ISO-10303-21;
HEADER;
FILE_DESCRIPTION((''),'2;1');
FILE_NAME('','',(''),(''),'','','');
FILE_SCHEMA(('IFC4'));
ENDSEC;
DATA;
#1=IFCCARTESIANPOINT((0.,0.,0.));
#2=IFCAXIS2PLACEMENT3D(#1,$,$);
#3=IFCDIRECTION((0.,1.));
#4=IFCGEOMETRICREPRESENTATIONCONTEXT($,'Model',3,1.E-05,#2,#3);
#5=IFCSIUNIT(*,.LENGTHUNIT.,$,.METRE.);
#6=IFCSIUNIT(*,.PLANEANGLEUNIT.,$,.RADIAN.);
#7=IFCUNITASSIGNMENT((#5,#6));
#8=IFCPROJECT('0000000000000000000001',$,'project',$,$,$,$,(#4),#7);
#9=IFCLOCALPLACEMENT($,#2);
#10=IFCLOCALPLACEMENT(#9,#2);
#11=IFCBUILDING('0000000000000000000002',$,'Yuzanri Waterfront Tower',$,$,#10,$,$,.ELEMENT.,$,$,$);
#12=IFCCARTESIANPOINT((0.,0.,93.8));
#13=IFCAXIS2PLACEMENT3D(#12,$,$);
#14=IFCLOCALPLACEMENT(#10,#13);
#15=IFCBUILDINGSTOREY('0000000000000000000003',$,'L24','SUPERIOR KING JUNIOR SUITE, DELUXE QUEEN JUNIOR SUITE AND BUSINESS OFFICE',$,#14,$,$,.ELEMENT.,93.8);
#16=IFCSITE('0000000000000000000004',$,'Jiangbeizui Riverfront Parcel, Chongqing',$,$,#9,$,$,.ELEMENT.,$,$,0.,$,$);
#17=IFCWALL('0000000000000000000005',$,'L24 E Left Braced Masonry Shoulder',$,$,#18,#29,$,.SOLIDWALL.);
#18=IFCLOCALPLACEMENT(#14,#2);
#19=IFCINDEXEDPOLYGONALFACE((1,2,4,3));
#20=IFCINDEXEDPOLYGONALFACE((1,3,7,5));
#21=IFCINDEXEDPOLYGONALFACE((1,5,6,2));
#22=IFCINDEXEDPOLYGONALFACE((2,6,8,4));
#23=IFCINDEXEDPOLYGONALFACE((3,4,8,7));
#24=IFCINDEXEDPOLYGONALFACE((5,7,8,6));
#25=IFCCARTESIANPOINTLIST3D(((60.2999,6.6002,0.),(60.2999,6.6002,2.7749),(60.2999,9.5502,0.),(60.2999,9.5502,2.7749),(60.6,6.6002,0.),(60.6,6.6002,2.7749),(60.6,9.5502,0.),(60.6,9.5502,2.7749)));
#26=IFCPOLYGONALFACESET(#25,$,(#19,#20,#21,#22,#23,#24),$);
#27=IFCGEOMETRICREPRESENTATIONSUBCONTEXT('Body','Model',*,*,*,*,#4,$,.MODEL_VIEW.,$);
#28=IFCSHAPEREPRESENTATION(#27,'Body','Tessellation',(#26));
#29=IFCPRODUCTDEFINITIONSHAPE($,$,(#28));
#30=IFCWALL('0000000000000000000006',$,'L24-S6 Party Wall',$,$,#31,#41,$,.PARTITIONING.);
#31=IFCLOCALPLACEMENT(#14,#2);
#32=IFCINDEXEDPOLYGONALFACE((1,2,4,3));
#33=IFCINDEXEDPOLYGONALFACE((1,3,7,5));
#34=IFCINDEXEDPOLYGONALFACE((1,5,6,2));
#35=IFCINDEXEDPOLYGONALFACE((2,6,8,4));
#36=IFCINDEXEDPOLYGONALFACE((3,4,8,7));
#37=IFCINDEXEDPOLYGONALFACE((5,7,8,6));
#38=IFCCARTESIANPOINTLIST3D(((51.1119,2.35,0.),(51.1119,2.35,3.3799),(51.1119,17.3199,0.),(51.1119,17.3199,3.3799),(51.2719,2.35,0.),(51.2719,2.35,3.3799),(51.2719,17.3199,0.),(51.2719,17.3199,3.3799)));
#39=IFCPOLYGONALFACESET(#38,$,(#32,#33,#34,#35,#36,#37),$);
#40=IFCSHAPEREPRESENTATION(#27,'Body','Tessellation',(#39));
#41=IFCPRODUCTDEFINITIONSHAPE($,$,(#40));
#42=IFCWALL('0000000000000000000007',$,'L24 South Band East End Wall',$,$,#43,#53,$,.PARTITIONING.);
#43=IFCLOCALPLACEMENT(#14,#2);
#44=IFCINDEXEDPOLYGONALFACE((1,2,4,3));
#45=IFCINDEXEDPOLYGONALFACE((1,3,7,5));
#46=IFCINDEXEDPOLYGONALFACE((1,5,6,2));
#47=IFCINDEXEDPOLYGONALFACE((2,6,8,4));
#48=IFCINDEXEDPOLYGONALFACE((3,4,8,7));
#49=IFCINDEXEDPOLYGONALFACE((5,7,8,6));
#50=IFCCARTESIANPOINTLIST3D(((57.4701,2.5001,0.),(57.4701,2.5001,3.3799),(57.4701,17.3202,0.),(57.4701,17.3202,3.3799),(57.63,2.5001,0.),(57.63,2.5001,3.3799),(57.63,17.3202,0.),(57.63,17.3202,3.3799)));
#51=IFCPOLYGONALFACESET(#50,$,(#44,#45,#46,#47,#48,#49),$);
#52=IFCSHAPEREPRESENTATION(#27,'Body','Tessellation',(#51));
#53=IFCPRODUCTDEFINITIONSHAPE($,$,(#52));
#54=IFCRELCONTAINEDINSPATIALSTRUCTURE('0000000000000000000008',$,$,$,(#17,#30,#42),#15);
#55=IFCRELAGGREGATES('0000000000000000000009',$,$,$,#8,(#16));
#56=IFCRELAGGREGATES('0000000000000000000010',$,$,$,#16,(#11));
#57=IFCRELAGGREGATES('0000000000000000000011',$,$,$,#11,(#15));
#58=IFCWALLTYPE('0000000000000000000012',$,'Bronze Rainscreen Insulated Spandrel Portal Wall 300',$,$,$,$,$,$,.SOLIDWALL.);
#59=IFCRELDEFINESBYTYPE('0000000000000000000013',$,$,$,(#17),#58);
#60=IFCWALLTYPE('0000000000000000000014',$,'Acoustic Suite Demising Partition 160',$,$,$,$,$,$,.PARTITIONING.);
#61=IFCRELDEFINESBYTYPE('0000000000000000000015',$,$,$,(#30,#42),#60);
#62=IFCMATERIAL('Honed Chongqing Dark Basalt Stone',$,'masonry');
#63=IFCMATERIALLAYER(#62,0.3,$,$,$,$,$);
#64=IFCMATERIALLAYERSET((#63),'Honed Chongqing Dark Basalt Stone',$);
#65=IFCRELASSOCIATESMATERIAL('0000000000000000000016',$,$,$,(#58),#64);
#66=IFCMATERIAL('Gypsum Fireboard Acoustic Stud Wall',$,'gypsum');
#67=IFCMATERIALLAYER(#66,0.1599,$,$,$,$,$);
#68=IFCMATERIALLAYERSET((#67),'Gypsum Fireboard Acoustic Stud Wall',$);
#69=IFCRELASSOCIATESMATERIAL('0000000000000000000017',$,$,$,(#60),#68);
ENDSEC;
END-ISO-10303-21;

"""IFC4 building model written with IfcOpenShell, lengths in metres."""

from ifc_helpers import new_model, si_unit, direction, frame, frame_2d, origin, place, context, subcontext, project, spatial, rectangle, extrude, source, transform, mapped, material, layer, layer_set, type_object, element, save


model = new_model("IFC4")

# Units and contexts
model_context = context("Model", 3, precision=1e-05, world=origin(), true_north=direction((0.0, 1.0)))
body_context = subcontext(model_context, "Body", "Model", "MODEL_VIEW")
ifc_project = project(units=[si_unit("LENGTHUNIT", "METRE"), si_unit("PLANEANGLEUNIT", "RADIAN")], contexts=[model_context])

# Site, building, storey
site_placement = place(None, origin())
site = spatial("IfcSite", under=ifc_project, at=site_placement, Name="Jiangbeizui Riverfront Parcel, Chongqing", CompositionType="ELEMENT", RefElevation=0.0)
building_placement = place(site_placement, origin())
building = spatial("IfcBuilding", under=site, at=building_placement, Name="Yuzanri Waterfront Tower", CompositionType="ELEMENT")
storey_placement = place(building_placement, frame((0.0, 0.0, 93.8)))
storey = spatial("IfcBuildingStorey", under=building, at=storey_placement, Name="L24", Description="SUPERIOR KING JUNIOR SUITE, DELUXE QUEEN JUNIOR SUITE AND BUSINESS OFFICE", CompositionType="ELEMENT", Elevation=93.8)

# Shared definitions
ifc_material_1 = material(Name="Honed Chongqing Dark Basalt Stone", Category="masonry")
ifc_layer_1 = layer(ifc_material_1, 0.3)
ifc_layer_set_1 = layer_set([ifc_layer_1], Name="Honed Chongqing Dark Basalt Stone")
wall_type_1 = type_object("IfcWallType", Name="Bronze Rainscreen Insulated Spandrel Portal Wall 300", PredefinedType="SOLIDWALL", material=ifc_layer_set_1)

# Walls
shared_shape_1 = source(origin(), body_context, "Body", "SweptSolid", [
    extrude(rectangle(XDim=2.95, YDim=0.3, at=frame_2d((1.4751, 0.0))), origin(), (0.0, 0.0, 1.0), 2.7749),
])
for number, where, z_axis, x_axis, name in (
    (1, (60.45, 6.6001, 0.0), (0.0, 0.0, 1.0), (0.0, 1.0, 0.0), "L24 E Left Braced Masonry Shoulder"),
):
    element("IfcWall", number, at=place(storey_placement, frame(where, z_axis=z_axis, x_axis=x_axis)), inside=storey, type_object=wall_type_1, Name=name, PredefinedType="SOLIDWALL", context=body_context, shape_type="MappedRepresentation", body=[
        mapped(shared_shape_1, transform((0.0, 0.0, 0.0), scale=1.0)),
    ])
ifc_material_2 = material(Name="Gypsum Fireboard Acoustic Stud Wall", Category="gypsum")
ifc_layer_2 = layer(ifc_material_2, 0.1599)
ifc_layer_set_2 = layer_set([ifc_layer_2], Name="Gypsum Fireboard Acoustic Stud Wall")
wall_type_2 = type_object("IfcWallType", Name="Acoustic Suite Demising Partition 160", PredefinedType="PARTITIONING", material=ifc_layer_set_2)
shared_shape_2 = source(origin(), body_context, "Body", "SweptSolid", [
    extrude(rectangle(XDim=14.97, YDim=0.1599, at=frame_2d((7.4849, 0.0))), origin(), (0.0, 0.0, 1.0), 3.3799),
])
wall_1_placement = place(storey_placement, frame((51.1919, 2.3501, 0.0), z_axis=(0.0, 0.0, 1.0), x_axis=(0.0, 1.0, 0.0)))
element("IfcWall", 2, at=wall_1_placement, inside=storey, type_object=wall_type_2, Name="L24-S6 Party Wall", PredefinedType="PARTITIONING", context=body_context, shape_type="MappedRepresentation", body=[
    mapped(shared_shape_2, transform((0.0, 0.0, 0.0), scale=1.0)),
])
shared_shape_3 = source(origin(), body_context, "Body", "SweptSolid", [
    extrude(rectangle(XDim=14.8201, YDim=0.1599, at=frame_2d((7.4102, 0.0))), origin(), (0.0, 0.0, 1.0), 3.3799),
])
wall_2_placement = place(storey_placement, frame((57.55, 2.5, 0.0), z_axis=(0.0, 0.0, 1.0), x_axis=(0.0, 1.0, 0.0)))
element("IfcWall", 3, at=wall_2_placement, inside=storey, type_object=wall_type_2, Name="L24 South Band East End Wall", PredefinedType="PARTITIONING", context=body_context, shape_type="MappedRepresentation", body=[
    mapped(shared_shape_3, transform((0.0, 0.0, 0.0), scale=1.0)),
])

save(model, "model.ifc")
